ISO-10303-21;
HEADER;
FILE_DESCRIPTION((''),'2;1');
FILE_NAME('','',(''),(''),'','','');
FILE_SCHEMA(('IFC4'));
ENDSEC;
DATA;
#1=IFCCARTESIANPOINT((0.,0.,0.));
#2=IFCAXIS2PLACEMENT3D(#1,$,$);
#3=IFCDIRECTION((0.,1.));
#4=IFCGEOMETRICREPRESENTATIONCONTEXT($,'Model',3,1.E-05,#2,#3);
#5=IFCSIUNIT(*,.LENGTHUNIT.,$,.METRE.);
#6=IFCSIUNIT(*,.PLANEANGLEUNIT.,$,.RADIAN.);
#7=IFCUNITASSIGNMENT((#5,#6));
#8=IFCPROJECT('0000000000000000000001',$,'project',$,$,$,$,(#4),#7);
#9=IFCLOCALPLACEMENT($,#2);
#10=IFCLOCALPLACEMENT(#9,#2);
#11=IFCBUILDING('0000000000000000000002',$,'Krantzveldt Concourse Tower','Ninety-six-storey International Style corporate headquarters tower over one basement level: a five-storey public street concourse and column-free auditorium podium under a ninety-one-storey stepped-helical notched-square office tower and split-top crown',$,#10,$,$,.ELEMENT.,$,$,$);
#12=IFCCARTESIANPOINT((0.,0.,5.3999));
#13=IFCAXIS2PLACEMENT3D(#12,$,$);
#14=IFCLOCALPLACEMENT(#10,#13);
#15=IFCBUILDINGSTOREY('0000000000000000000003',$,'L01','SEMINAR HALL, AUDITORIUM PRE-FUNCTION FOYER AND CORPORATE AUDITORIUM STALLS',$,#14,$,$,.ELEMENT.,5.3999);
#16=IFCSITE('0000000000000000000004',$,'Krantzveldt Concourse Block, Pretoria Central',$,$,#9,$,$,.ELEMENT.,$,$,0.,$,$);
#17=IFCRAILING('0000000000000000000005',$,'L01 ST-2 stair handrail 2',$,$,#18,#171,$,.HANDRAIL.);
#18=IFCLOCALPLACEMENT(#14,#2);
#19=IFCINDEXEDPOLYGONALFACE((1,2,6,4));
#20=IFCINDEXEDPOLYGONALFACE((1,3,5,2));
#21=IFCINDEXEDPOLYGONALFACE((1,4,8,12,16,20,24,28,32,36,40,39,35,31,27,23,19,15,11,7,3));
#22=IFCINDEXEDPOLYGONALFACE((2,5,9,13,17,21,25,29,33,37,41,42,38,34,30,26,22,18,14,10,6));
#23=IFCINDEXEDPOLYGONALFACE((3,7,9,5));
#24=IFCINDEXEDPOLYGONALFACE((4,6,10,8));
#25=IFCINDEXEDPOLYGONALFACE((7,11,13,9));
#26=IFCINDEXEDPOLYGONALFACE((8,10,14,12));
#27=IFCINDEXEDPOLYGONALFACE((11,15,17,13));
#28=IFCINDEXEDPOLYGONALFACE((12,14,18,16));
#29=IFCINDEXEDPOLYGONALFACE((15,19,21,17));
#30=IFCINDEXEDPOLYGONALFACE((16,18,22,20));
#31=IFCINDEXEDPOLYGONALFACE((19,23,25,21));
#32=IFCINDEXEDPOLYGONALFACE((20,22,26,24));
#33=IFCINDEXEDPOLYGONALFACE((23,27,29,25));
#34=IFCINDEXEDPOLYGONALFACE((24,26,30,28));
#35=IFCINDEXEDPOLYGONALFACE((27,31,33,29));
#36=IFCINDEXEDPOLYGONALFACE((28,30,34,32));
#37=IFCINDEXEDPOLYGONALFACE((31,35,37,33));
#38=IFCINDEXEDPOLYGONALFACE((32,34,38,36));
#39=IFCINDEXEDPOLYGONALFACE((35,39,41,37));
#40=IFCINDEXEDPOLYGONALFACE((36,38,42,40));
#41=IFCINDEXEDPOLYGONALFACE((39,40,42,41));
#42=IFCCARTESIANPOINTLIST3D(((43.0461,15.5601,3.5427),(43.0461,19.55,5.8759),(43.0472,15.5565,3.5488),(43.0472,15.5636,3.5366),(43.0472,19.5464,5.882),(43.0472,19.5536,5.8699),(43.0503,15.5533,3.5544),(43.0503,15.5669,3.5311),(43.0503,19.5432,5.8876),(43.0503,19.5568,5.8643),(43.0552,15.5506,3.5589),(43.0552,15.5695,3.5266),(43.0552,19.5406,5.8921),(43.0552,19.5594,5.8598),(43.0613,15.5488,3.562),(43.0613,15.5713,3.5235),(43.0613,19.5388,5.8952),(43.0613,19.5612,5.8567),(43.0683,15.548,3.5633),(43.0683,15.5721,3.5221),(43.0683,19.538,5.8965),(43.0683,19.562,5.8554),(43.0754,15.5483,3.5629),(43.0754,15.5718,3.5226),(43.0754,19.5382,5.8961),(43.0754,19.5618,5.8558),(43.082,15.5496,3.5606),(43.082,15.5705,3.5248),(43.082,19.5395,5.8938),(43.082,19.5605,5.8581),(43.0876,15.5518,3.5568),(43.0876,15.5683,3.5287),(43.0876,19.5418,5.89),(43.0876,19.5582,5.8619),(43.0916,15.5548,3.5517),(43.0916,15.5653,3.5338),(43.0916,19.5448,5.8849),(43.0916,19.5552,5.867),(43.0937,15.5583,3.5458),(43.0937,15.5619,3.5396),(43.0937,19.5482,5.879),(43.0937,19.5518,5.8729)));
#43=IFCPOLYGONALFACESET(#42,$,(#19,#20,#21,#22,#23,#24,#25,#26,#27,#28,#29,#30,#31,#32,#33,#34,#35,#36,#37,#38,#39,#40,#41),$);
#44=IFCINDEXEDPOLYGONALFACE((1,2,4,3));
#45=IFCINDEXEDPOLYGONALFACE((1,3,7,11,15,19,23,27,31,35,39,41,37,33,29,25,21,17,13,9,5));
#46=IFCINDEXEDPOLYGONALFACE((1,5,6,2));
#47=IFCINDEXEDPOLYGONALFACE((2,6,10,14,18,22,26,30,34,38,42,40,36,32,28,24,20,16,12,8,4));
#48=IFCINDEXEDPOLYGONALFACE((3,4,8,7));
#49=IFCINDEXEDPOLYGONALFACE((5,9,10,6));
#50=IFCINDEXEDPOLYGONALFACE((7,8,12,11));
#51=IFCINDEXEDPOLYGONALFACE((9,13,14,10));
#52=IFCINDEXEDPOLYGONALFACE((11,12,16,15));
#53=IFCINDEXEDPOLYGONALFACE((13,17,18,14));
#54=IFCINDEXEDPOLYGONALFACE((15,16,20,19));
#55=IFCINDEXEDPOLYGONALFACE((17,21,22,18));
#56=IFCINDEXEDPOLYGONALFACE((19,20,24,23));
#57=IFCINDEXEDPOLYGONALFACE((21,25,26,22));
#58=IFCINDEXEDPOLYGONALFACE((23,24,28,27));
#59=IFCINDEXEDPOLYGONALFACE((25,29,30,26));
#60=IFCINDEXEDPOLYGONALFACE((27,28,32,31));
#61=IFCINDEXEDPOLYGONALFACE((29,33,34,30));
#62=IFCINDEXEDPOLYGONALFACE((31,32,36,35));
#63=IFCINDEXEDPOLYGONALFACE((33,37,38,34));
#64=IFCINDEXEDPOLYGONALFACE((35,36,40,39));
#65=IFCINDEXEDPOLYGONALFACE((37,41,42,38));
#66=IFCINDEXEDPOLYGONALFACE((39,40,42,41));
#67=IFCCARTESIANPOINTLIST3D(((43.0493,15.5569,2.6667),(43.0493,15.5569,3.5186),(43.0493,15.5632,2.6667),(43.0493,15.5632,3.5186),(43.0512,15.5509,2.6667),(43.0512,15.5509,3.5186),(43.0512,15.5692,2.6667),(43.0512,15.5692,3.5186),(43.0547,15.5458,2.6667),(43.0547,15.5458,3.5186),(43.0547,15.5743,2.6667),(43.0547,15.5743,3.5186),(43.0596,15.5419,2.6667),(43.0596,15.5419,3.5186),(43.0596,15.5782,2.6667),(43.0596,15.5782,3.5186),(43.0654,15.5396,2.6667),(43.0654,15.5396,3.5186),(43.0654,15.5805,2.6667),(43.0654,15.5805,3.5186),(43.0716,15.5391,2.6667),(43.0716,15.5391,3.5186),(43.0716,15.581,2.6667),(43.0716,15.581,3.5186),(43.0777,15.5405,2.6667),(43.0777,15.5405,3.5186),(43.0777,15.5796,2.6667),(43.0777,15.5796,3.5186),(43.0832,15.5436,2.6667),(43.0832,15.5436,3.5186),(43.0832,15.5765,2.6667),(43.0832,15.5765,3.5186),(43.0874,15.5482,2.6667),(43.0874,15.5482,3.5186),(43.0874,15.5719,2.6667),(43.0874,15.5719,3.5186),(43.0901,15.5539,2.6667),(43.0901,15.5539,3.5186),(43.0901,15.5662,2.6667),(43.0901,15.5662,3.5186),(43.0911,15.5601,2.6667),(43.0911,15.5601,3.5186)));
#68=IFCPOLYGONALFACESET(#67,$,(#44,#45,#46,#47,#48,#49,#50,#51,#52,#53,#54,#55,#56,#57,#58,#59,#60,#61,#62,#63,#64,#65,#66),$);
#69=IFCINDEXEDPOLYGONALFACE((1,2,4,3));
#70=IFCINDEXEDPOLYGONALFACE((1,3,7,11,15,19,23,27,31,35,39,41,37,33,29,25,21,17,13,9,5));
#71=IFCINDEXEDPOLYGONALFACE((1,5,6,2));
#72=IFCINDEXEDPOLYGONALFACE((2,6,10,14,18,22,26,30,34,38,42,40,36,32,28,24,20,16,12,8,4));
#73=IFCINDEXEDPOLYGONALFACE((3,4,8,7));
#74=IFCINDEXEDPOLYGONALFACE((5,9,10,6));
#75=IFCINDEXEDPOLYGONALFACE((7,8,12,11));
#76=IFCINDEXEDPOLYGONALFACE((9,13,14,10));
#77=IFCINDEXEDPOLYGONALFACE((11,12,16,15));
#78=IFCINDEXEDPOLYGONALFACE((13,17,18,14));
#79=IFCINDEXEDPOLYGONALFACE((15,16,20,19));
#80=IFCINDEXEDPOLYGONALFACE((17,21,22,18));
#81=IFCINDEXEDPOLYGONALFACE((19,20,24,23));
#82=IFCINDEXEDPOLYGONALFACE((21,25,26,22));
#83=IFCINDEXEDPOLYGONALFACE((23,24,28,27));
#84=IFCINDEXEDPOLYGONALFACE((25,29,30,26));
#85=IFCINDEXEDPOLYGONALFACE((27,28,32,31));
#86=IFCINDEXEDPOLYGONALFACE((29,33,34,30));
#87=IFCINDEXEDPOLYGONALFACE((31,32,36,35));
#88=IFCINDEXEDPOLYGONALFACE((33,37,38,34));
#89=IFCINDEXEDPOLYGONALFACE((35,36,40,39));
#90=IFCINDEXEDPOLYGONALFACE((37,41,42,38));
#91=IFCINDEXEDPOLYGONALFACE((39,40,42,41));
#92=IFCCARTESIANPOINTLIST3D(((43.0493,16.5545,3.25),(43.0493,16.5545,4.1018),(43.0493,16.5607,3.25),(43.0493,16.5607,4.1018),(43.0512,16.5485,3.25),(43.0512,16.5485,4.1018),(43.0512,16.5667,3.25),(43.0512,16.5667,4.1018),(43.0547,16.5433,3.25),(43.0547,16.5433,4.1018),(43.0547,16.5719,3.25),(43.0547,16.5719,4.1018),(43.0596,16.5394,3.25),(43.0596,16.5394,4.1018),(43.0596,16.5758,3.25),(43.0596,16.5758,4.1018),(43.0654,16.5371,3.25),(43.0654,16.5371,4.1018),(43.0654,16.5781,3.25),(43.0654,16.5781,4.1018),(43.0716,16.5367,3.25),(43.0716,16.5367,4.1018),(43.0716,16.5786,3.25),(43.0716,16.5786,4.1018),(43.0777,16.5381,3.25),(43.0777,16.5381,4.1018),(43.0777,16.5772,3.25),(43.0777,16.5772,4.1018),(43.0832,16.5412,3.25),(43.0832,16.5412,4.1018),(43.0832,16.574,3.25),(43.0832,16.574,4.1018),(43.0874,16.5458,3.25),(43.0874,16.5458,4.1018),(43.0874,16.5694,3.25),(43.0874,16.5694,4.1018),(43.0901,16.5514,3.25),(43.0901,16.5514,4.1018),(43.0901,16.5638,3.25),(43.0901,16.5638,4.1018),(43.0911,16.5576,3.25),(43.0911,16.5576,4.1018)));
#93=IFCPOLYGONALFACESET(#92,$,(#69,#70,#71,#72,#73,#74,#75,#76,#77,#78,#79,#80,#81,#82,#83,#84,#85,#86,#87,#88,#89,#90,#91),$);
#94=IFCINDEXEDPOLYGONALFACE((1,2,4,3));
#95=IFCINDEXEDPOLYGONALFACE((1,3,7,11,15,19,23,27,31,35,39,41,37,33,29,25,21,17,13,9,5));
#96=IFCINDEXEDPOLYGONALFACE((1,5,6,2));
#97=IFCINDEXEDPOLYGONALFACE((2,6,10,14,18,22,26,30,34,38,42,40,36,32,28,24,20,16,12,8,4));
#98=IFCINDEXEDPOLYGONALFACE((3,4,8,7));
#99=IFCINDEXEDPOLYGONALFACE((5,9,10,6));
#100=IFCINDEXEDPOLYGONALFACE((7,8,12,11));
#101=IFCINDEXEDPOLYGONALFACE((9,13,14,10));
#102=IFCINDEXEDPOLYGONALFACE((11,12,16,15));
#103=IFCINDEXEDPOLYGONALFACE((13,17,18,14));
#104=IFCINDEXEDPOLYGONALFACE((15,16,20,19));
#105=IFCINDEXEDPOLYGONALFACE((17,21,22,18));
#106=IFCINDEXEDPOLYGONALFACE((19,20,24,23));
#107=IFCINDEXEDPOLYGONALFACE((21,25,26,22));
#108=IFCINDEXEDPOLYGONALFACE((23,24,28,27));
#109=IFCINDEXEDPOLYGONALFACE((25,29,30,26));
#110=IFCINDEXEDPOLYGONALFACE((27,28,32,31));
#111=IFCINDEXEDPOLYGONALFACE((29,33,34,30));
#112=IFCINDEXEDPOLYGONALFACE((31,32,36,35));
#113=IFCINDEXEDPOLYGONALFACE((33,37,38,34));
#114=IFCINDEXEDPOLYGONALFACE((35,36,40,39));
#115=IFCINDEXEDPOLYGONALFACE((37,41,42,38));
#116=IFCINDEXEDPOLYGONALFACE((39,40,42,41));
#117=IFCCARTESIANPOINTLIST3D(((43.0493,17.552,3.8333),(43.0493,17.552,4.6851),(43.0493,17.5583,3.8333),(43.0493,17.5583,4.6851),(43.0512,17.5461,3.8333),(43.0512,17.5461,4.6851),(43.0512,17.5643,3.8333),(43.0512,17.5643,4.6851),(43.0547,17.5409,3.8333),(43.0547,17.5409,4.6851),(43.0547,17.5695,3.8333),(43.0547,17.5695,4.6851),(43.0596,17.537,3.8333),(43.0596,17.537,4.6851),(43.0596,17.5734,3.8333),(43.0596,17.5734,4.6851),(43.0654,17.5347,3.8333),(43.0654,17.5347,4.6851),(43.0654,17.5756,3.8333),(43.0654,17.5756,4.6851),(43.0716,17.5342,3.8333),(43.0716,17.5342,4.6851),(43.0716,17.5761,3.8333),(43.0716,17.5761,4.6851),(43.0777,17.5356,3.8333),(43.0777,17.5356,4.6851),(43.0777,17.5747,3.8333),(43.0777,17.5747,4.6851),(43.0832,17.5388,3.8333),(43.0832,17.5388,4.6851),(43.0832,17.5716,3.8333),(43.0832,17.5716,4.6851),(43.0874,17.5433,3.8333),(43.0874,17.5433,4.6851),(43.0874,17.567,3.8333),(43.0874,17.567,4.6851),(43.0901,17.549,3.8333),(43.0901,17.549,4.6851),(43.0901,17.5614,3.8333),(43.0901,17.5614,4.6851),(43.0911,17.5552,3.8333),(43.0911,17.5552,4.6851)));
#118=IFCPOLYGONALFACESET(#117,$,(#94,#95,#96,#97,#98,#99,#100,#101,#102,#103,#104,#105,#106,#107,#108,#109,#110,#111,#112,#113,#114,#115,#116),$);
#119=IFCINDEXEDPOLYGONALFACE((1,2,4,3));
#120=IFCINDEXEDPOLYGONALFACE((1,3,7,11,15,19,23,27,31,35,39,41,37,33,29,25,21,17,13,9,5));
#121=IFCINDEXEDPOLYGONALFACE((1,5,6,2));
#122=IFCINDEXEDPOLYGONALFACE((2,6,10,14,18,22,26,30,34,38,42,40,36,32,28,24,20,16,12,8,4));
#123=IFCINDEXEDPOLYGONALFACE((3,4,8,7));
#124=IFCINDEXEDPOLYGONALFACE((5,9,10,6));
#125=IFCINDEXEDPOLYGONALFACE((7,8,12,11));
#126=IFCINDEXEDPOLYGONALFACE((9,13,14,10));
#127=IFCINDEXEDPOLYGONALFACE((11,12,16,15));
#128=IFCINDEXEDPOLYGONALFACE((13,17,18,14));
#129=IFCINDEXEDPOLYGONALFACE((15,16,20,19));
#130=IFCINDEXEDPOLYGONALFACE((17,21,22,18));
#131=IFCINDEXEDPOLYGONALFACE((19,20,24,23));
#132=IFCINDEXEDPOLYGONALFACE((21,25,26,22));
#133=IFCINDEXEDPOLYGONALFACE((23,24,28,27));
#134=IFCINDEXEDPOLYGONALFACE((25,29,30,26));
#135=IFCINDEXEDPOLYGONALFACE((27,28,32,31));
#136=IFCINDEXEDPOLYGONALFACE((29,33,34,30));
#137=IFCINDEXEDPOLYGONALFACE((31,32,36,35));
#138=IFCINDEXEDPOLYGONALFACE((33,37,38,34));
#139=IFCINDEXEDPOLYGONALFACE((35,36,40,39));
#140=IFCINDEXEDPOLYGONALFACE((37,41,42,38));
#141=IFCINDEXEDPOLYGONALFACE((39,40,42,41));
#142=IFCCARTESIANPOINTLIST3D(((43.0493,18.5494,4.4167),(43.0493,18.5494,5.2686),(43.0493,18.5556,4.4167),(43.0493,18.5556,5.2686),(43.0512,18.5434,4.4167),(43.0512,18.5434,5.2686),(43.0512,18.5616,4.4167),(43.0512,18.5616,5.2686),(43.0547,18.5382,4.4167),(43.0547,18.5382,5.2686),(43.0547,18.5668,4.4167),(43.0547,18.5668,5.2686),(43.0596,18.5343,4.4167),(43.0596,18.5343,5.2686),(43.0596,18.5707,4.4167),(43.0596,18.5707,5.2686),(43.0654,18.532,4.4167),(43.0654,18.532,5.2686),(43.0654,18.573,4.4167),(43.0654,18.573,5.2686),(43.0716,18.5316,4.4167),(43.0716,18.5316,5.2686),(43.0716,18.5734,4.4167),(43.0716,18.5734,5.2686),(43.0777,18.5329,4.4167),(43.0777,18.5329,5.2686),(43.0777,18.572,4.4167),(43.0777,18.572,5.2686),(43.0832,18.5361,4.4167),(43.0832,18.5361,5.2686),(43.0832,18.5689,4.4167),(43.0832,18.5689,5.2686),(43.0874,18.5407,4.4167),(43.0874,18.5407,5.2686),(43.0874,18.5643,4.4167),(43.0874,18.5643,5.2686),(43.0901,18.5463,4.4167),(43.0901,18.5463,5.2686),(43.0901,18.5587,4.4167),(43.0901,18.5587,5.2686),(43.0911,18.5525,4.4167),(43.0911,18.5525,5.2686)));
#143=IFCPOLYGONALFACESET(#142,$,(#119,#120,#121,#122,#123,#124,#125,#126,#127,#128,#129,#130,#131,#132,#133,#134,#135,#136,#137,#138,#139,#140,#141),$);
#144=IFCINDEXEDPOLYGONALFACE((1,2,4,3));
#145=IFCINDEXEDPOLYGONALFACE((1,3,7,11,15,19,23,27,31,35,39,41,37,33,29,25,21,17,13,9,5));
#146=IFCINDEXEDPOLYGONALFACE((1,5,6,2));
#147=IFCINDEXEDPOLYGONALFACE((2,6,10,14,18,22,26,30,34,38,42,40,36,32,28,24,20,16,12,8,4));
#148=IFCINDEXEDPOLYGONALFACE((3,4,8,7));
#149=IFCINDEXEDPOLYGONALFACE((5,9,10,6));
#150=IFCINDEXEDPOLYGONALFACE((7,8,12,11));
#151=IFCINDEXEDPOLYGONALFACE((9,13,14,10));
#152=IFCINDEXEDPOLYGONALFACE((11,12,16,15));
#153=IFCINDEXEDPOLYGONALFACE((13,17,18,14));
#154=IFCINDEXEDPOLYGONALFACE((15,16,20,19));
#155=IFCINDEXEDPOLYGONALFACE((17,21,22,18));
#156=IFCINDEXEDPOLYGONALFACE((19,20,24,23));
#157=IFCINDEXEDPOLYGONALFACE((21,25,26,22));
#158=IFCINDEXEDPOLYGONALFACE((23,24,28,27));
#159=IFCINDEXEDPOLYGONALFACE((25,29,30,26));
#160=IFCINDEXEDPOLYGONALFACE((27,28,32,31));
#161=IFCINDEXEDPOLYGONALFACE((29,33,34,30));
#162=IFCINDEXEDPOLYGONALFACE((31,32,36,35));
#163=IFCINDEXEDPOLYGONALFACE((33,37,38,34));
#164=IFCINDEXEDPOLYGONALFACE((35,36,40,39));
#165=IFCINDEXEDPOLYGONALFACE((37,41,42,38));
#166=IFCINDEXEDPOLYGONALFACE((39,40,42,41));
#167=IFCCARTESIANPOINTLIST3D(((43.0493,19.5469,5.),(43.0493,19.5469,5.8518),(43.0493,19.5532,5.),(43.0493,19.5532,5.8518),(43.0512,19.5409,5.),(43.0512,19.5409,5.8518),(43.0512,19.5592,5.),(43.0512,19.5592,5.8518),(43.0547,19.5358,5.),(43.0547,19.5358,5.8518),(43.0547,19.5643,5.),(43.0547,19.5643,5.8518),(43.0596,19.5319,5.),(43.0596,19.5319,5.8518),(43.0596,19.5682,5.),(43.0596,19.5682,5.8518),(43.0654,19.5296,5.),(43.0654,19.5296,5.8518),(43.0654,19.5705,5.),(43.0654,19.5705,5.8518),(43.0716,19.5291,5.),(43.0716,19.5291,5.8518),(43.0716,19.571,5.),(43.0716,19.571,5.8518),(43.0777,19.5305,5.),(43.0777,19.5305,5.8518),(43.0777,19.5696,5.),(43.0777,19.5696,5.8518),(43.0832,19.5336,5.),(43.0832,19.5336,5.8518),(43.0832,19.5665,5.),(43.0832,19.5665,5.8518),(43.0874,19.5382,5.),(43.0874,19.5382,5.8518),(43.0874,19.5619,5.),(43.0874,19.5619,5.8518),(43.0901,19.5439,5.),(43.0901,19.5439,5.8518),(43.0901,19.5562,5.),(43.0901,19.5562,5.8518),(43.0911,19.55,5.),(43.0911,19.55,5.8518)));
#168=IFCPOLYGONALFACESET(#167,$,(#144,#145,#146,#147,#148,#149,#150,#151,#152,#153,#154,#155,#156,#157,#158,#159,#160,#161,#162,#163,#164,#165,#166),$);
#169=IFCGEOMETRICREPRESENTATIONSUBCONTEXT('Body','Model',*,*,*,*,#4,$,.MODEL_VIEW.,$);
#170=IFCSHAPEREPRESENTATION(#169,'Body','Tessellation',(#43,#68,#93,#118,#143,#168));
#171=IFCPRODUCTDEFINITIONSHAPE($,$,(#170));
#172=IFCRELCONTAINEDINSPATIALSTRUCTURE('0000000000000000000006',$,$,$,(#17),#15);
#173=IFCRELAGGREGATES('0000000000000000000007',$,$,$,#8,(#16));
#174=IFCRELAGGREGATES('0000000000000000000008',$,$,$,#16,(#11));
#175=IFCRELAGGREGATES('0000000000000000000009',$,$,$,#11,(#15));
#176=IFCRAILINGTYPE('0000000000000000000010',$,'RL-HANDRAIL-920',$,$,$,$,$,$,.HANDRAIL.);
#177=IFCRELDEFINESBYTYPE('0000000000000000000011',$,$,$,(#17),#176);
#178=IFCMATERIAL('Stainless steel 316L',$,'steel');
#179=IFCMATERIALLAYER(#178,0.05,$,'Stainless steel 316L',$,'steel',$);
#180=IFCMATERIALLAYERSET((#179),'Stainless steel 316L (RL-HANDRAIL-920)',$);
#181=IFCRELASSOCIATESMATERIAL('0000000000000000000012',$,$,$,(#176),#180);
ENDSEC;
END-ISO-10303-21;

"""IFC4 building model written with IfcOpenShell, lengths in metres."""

from ifc_helpers import new_model, si_unit, direction, frame, origin, origin_2d, place, context, subcontext, project, spatial, circle, extrude, material, layer, layer_set, type_object, element, save


model = new_model("IFC4")

# Units and contexts
model_context = context("Model", 3, precision=1e-05, world=origin(), true_north=direction((0.0, 1.0)))
body_context = subcontext(model_context, "Body", "Model", "MODEL_VIEW")
ifc_project = project(units=[si_unit("LENGTHUNIT", "METRE"), si_unit("PLANEANGLEUNIT", "RADIAN")], contexts=[model_context])

# Site, building, storey
site_placement = place(None, origin())
site = spatial("IfcSite", under=ifc_project, at=site_placement, Name="Krantzveldt Concourse Block, Pretoria Central", CompositionType="ELEMENT", RefElevation=0.0)
building_placement = place(site_placement, origin())
building = spatial("IfcBuilding", under=site, at=building_placement, Name="Krantzveldt Concourse Tower", Description="Ninety-six-storey International Style corporate headquarters tower over one basement level: a five-storey public street concourse and column-free auditorium podium under a ninety-one-storey stepped-helical notched-square office tower and split-top crown", CompositionType="ELEMENT")
storey_placement = place(building_placement, frame((0.0, 0.0, 5.3999)))
storey = spatial("IfcBuildingStorey", under=building, at=storey_placement, Name="L01", Description="SEMINAR HALL, AUDITORIUM PRE-FUNCTION FOYER AND CORPORATE AUDITORIUM STALLS", CompositionType="ELEMENT", Elevation=5.3999)

# Shared definitions
ifc_material_1 = material(Name="Stainless steel 316L", Category="steel")

# Railing
ifc_layer_1 = layer(ifc_material_1, 0.05, Name="Stainless steel 316L", Category="steel")
ifc_layer_set_1 = layer_set([ifc_layer_1], Name="Stainless steel 316L (RL-HANDRAIL-920)")
railing_type_1 = type_object("IfcRailingType", Name="RL-HANDRAIL-920", PredefinedType="HANDRAIL", material=ifc_layer_set_1)
railing_1_placement = place(storey_placement, frame((43.0701, 15.5601, 2.6667)))
element("IfcRailing", 1, at=railing_1_placement, inside=storey, type_object=railing_type_1, Name="L01 ST-2 stair handrail 2", PredefinedType="HANDRAIL", context=body_context, shape_type="SweptSolid", body=[
    extrude(circle(Radius=0.0239, at=origin_2d()), frame((0.0, 0.0, 0.876), z_axis=(0.0, 0.863236, 0.5048), x_axis=(-1.0, 0.0, 0.0)), (0.0, 0.0, 1.0), 4.6221),
    extrude(circle(Radius=0.021, at=origin_2d()), origin(), (0.0, 0.0, 1.0), 0.8518),
    extrude(circle(Radius=0.021, at=origin_2d()), frame((0.0, 0.9976, 0.5833)), (0.0, 0.0, 1.0), 0.8518),
    extrude(circle(Radius=0.021, at=origin_2d()), frame((0.0, 1.9951, 1.1665)), (0.0, 0.0, 1.0), 0.8518),
    extrude(circle(Radius=0.021, at=origin_2d()), frame((0.0, 2.9924, 1.75)), (0.0, 0.0, 1.0), 0.8518),
    extrude(circle(Radius=0.021, at=origin_2d()), frame((0.0, 3.99, 2.3333)), (0.0, 0.0, 1.0), 0.8518),
])

save(model, "model.ifc")
